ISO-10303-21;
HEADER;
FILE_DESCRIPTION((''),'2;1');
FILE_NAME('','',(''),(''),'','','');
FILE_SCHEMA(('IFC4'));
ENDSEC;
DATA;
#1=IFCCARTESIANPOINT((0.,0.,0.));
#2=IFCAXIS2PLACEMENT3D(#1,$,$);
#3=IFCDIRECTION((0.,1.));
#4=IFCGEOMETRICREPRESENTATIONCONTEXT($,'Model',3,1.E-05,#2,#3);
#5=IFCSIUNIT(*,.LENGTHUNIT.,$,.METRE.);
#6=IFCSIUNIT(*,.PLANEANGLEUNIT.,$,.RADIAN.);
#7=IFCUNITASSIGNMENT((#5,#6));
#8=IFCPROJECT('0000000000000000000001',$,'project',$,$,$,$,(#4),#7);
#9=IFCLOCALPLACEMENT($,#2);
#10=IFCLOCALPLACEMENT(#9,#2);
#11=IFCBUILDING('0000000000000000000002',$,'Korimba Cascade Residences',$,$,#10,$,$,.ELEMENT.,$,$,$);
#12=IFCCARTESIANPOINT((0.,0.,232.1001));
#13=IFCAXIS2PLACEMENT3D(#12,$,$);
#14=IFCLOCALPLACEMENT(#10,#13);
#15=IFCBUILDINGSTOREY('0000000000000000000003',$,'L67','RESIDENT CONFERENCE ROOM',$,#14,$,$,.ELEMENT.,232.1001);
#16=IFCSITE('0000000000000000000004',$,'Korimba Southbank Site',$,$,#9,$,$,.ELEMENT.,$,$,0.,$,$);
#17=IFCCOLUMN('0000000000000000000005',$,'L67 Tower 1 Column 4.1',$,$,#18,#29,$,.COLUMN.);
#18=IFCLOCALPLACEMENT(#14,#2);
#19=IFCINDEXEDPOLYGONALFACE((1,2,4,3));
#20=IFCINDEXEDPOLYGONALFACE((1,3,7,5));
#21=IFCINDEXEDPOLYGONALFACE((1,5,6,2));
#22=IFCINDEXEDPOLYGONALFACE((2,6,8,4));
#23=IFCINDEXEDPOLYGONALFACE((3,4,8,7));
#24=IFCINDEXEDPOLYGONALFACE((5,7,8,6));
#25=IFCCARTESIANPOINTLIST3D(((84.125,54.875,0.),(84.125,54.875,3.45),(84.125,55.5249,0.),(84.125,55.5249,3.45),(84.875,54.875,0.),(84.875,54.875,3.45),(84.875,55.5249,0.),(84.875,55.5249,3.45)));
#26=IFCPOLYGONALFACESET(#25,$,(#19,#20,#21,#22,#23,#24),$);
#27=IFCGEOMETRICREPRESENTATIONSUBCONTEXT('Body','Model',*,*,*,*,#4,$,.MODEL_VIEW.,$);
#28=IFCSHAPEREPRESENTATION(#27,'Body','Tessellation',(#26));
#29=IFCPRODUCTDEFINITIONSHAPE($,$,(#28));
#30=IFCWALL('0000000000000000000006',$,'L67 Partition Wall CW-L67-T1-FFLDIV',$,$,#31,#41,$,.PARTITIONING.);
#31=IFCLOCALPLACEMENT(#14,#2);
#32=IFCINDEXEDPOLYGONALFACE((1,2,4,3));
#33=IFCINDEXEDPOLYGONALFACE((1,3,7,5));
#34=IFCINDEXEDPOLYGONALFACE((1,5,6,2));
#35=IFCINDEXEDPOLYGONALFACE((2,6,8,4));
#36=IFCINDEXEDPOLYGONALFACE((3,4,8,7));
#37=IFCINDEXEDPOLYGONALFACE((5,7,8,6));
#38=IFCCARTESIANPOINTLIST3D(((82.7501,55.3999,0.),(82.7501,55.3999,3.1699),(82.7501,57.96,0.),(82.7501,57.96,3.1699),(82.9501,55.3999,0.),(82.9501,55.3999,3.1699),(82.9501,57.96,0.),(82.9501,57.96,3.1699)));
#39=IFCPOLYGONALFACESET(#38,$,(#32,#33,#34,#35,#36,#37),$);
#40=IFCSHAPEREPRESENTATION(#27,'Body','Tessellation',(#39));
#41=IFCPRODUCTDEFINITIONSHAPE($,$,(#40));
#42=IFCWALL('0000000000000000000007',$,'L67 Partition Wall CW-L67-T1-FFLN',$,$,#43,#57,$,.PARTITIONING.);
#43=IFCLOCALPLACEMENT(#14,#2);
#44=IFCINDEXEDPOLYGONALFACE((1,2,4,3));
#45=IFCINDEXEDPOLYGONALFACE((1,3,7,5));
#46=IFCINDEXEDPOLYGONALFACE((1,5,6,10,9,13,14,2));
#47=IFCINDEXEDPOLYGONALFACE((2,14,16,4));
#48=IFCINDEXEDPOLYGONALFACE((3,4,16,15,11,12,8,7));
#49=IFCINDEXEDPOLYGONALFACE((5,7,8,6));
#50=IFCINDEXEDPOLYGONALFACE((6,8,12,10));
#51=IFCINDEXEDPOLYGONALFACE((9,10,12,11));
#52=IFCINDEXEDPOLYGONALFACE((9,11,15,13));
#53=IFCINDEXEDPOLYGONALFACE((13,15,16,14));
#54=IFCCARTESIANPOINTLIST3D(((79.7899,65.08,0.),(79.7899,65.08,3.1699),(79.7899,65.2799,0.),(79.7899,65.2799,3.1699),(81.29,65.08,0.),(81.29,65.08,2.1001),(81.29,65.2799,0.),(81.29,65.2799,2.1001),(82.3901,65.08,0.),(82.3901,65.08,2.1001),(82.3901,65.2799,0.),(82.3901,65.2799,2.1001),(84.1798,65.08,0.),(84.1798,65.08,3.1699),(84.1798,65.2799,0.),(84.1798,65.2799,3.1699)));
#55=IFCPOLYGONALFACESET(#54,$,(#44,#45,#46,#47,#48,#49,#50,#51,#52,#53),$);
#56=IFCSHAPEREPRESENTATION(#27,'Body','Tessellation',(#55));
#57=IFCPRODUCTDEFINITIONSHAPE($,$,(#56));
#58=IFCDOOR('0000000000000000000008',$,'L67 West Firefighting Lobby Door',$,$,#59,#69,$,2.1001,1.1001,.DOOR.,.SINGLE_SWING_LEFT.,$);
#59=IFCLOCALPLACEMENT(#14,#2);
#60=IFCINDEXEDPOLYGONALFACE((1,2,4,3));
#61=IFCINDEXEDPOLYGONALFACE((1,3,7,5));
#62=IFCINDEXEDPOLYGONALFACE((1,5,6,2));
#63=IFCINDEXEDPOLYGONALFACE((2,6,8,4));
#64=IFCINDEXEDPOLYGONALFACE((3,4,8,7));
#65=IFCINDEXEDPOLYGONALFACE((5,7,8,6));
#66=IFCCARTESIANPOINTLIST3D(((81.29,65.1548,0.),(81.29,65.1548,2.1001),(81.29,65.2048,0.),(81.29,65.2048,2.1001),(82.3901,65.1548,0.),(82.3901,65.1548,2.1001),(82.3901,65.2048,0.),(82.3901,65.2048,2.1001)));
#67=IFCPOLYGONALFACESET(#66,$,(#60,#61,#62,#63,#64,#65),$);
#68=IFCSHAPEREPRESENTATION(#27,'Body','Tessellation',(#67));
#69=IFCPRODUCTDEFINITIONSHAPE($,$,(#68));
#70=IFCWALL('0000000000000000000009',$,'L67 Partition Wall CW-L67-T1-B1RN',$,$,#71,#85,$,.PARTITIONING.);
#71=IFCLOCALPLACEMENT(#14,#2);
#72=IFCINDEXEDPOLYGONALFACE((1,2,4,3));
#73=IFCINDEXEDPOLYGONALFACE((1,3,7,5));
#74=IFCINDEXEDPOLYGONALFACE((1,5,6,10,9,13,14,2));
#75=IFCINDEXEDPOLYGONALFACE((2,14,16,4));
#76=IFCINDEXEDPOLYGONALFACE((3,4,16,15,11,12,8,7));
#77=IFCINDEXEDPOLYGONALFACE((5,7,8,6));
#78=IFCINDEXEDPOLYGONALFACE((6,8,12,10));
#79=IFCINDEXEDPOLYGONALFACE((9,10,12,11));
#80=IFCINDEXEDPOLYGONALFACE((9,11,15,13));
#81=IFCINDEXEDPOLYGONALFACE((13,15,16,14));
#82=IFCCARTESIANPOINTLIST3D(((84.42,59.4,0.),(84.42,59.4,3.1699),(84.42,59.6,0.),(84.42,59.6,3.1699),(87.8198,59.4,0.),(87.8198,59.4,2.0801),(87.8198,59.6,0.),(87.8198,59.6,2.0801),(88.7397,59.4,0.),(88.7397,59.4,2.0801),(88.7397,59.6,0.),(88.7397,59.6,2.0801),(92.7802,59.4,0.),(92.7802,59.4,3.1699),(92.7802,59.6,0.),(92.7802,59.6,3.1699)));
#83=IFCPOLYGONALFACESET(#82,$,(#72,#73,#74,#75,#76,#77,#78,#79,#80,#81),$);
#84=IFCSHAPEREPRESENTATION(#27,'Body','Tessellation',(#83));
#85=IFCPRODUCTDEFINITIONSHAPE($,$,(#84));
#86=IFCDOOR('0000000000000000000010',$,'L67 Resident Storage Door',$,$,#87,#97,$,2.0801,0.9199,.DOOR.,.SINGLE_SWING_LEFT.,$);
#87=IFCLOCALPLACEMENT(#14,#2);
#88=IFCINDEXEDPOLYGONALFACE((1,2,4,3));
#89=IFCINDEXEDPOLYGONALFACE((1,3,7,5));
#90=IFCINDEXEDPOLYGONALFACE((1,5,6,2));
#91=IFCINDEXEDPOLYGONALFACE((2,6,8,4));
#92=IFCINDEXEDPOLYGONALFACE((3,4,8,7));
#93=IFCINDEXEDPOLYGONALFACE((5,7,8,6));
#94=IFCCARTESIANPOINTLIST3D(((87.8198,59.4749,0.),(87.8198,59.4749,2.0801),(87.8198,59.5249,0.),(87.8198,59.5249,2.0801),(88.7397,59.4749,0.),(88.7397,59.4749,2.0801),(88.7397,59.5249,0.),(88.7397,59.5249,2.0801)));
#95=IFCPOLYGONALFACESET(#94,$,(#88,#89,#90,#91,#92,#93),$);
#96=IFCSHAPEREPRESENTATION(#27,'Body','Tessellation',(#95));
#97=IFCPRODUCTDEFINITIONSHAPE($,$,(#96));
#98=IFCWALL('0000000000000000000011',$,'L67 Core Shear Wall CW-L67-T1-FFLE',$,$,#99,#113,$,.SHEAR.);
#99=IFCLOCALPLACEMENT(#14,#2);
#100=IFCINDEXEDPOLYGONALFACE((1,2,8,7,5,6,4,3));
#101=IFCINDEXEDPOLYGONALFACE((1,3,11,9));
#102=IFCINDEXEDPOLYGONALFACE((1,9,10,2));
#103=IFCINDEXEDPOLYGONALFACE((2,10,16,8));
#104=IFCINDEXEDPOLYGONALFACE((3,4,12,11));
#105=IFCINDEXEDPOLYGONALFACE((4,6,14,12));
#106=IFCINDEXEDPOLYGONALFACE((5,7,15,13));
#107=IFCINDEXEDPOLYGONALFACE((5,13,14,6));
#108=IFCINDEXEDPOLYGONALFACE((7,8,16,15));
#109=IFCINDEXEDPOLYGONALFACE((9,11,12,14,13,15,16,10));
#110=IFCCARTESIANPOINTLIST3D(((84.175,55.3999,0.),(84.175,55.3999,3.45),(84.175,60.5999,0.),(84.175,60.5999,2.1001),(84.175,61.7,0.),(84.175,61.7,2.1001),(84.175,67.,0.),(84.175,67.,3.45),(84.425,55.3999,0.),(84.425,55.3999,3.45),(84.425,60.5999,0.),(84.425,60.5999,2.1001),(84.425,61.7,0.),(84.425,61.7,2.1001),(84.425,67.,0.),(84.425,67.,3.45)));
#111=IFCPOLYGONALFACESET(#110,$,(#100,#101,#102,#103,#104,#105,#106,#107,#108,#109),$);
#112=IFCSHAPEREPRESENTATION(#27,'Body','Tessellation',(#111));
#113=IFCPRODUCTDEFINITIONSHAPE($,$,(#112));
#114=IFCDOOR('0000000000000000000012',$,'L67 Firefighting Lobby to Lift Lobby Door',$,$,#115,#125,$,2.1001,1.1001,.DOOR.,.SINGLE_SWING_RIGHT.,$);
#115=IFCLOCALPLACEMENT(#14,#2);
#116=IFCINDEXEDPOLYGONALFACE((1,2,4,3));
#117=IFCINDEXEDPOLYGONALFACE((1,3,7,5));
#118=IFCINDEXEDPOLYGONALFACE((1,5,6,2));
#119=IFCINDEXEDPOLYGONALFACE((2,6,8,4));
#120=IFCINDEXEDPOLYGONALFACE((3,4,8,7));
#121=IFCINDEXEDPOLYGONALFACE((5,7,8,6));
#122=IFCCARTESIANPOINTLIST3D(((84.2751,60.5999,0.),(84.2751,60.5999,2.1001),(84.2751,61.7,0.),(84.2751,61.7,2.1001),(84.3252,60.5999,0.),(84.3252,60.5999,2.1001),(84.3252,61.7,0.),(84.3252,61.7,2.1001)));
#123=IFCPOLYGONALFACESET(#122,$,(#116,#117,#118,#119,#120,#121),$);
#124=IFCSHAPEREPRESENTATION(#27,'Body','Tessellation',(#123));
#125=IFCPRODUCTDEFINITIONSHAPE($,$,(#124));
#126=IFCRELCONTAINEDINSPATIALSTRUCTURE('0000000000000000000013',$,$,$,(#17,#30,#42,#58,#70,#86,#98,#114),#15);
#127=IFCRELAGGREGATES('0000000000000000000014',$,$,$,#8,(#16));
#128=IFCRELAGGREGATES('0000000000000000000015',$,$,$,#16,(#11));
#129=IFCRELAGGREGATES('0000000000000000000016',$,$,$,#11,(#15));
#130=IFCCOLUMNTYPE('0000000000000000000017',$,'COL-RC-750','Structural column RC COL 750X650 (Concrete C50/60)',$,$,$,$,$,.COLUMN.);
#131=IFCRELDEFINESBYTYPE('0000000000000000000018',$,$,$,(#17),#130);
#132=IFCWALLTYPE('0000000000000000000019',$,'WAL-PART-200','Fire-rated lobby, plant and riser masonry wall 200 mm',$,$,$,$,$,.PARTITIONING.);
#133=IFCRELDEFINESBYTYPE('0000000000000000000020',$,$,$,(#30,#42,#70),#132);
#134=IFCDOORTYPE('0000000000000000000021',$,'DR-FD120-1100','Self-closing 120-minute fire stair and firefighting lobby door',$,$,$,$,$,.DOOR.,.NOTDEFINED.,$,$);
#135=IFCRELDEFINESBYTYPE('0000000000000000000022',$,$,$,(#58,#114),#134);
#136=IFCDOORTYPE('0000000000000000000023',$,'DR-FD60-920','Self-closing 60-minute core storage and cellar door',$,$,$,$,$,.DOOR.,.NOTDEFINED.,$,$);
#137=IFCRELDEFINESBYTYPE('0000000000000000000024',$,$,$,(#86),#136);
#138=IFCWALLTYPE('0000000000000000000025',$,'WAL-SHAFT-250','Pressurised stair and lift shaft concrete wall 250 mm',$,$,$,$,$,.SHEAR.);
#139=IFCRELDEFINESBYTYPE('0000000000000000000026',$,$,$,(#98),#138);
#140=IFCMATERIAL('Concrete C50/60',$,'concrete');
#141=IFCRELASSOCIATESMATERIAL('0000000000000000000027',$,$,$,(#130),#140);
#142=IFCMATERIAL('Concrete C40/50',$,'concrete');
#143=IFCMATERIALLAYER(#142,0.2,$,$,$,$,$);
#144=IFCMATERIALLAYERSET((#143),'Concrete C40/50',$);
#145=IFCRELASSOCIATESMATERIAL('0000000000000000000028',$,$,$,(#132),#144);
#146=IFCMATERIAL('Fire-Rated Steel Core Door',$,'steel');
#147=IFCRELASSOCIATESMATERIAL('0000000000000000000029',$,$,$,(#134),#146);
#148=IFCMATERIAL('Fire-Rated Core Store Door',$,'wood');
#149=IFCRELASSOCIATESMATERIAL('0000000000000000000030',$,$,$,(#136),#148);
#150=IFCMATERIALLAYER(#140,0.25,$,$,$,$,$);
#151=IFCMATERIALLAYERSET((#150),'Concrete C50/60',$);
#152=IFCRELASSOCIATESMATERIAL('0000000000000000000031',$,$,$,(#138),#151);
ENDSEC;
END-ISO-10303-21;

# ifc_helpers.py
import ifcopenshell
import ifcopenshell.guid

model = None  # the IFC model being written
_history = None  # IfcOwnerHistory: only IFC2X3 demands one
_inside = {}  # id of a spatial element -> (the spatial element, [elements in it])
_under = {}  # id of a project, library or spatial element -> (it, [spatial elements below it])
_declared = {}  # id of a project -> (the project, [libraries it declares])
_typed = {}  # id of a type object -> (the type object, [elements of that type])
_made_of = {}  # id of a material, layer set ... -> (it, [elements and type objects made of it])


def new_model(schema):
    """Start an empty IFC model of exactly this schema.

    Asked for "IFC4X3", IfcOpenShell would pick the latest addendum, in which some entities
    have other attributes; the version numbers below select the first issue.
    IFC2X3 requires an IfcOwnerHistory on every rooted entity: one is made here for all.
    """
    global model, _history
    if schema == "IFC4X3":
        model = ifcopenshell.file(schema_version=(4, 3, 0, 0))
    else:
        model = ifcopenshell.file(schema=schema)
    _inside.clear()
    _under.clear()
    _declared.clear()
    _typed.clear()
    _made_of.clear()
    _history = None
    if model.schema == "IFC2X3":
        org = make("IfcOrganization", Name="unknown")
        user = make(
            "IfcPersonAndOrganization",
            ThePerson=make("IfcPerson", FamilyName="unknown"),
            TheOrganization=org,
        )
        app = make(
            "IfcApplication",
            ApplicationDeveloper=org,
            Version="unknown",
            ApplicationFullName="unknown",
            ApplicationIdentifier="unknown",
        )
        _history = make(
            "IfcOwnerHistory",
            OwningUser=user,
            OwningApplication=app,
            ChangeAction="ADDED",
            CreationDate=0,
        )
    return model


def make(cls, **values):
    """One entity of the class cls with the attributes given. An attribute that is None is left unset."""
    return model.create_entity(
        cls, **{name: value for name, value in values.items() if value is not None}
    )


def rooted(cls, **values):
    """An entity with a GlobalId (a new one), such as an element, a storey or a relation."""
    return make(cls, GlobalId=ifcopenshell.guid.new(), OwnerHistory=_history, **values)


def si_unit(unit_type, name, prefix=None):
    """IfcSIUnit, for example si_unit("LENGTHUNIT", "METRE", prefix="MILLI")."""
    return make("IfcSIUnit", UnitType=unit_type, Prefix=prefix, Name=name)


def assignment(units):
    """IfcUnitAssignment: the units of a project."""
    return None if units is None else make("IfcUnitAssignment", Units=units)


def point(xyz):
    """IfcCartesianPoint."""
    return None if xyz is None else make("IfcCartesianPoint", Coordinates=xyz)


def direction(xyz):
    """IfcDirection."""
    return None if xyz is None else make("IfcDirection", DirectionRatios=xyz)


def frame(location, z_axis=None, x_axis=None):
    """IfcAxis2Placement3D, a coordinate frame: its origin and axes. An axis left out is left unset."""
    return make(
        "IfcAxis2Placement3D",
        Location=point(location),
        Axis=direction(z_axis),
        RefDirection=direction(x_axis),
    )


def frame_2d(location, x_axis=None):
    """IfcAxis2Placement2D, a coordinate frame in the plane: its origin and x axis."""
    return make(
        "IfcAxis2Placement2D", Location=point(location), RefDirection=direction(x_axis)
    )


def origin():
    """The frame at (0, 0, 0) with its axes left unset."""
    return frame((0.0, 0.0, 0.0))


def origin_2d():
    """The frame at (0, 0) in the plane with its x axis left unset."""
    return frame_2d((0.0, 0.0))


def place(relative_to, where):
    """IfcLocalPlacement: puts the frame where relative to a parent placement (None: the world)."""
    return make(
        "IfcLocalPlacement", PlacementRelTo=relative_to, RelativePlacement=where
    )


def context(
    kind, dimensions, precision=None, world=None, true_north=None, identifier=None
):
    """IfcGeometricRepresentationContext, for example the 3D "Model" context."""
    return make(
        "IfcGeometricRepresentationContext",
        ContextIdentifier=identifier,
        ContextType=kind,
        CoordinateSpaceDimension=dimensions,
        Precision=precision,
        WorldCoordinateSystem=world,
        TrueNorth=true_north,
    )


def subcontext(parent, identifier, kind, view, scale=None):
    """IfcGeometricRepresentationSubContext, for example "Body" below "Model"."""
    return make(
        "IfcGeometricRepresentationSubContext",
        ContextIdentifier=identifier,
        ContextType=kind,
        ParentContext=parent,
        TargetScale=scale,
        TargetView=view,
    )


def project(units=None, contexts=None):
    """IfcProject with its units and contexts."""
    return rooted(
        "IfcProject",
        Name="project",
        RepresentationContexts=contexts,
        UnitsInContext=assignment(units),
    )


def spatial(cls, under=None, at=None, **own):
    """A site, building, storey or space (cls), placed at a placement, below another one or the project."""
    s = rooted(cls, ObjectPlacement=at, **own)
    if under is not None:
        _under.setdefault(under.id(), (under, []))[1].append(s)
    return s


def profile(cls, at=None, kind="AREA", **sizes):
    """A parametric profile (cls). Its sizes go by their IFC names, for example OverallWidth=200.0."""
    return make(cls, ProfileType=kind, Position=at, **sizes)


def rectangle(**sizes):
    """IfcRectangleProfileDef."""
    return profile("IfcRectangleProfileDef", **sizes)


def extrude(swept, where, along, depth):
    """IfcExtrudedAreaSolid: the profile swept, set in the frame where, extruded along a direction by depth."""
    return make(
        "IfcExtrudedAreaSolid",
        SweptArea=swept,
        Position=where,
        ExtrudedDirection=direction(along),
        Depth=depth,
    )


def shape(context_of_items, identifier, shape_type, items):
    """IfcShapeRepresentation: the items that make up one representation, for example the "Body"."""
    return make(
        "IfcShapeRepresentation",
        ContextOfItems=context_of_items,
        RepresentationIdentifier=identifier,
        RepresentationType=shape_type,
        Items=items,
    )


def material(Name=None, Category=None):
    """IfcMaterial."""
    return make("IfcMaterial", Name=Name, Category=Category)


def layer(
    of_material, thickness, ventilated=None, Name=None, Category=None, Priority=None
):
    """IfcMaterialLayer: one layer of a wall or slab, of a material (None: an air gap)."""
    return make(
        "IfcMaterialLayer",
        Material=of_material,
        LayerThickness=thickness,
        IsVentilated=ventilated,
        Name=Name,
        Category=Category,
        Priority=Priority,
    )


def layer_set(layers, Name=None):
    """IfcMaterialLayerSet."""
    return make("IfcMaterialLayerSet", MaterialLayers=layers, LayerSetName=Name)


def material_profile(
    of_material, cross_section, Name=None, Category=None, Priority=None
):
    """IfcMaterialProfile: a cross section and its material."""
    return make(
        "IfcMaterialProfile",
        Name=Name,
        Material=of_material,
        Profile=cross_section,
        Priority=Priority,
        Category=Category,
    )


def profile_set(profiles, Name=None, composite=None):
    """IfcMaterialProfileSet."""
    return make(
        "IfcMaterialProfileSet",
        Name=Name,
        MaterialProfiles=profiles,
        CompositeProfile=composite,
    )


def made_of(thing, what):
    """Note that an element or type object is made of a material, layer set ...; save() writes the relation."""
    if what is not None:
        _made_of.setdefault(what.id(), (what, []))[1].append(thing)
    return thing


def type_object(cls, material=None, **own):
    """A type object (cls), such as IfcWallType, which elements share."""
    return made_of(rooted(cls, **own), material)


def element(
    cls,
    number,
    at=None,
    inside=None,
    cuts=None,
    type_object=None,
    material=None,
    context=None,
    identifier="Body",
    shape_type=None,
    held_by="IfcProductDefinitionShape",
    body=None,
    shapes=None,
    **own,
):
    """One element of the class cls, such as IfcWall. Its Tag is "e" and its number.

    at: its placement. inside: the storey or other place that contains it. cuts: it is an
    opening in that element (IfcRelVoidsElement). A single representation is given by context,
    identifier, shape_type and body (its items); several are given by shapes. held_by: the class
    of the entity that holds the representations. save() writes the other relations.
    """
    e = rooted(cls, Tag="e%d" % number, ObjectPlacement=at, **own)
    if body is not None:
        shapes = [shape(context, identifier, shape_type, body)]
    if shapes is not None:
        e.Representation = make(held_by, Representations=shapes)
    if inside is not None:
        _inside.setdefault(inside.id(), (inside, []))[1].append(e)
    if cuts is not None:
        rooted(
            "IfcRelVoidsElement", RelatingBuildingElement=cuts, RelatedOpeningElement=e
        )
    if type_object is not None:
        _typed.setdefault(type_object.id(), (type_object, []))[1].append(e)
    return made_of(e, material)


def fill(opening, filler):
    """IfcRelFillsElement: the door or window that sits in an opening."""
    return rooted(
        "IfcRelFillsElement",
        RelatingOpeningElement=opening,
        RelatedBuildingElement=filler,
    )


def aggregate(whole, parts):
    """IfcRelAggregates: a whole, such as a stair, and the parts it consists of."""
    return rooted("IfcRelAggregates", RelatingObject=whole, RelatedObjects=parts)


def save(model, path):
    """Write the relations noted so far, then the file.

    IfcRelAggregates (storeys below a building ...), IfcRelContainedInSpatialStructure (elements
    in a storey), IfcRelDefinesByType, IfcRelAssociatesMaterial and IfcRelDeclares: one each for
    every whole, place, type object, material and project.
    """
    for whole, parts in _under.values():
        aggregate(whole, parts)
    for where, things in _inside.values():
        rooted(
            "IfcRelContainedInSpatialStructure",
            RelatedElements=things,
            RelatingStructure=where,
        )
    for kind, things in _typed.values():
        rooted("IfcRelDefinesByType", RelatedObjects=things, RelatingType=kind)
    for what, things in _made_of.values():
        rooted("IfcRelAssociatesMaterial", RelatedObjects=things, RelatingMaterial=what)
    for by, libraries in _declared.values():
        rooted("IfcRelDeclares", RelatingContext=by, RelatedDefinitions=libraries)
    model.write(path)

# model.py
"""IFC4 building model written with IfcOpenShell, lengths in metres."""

from ifc_helpers import new_model, si_unit, direction, frame, frame_2d, origin, origin_2d, place, context, subcontext, project, spatial, rectangle, extrude, material, layer, layer_set, material_profile, profile_set, type_object, element, fill, save


model = new_model("IFC4")

# Units and contexts
model_context = context("Model", 3, precision=1e-05, world=origin(), true_north=direction((0.0, 1.0)))
body_context = subcontext(model_context, "Body", "Model", "MODEL_VIEW")
ifc_project = project(units=[si_unit("LENGTHUNIT", "METRE"), si_unit("PLANEANGLEUNIT", "RADIAN")], contexts=[model_context])

# Site, building, storey
site_placement = place(None, origin())
site = spatial("IfcSite", under=ifc_project, at=site_placement, Name="Korimba Southbank Site", CompositionType="ELEMENT", RefElevation=0.0)
building_placement = place(site_placement, origin())
building = spatial("IfcBuilding", under=site, at=building_placement, Name="Korimba Cascade Residences", CompositionType="ELEMENT")
storey_placement = place(building_placement, frame((0.0, 0.0, 232.1001)))
storey = spatial("IfcBuildingStorey", under=building, at=storey_placement, Name="L67", Description="RESIDENT CONFERENCE ROOM", CompositionType="ELEMENT", Elevation=232.1001)

# Column
ifc_material_1 = material(Name="Concrete C50/60", Category="concrete")
ifc_material_profile = material_profile(ifc_material_1, rectangle(XDim=0.75, YDim=0.6499, at=origin_2d()), Name="Concrete C50/60")
ifc_profile_set = profile_set([ifc_material_profile], Name="Concrete C50/60")
column_type = type_object("IfcColumnType", Name="COL-RC-750", Description="Structural column RC COL 750X650 (Concrete C50/60)", PredefinedType="COLUMN", material=ifc_profile_set)
column_placement = place(storey_placement, frame((84.5, 55.2, 0.0), z_axis=(0.0, 0.0, 1.0), x_axis=(1.0, 0.0, 0.0)))
element("IfcColumn", 1, at=column_placement, inside=storey, type_object=column_type, Name="L67 Tower 1 Column 4.1", PredefinedType="COLUMN", context=body_context, shape_type="SweptSolid", body=[
    extrude(rectangle(XDim=0.75, YDim=0.6499, at=origin_2d()), origin(), (0.0, 0.0, 1.0), 3.45),
])

# Wall
ifc_material_2 = material(Name="Concrete C40/50", Category="concrete")
ifc_layer_1 = layer(ifc_material_2, 0.2)
ifc_layer_set_1 = layer_set([ifc_layer_1], Name="Concrete C40/50")
wall_type_1 = type_object("IfcWallType", Name="WAL-PART-200", Description="Fire-rated lobby, plant and riser masonry wall 200 mm", PredefinedType="PARTITIONING", material=ifc_layer_set_1)
wall_1_placement = place(storey_placement, frame((82.8501, 55.3999, 0.0), z_axis=(0.0, 0.0, 1.0), x_axis=(0.0, 1.0, 0.0)))
element("IfcWall", 2, at=wall_1_placement, inside=storey, type_object=wall_type_1, Name="L67 Partition Wall CW-L67-T1-FFLDIV", PredefinedType="PARTITIONING", context=body_context, shape_type="SweptSolid", body=[
    extrude(rectangle(XDim=2.5601, YDim=0.2, at=frame_2d((1.28, 0.0))), origin(), (0.0, 0.0, 1.0), 3.1699),
])

# Walls, openings, doors
wall_2_placement = place(storey_placement, frame((79.79, 65.1799, 0.0), z_axis=(0.0, 0.0, 1.0), x_axis=(1.0, 0.0, 0.0)))
wall_2 = element("IfcWall", 3, at=wall_2_placement, inside=storey, type_object=wall_type_1, Name="L67 Partition Wall CW-L67-T1-FFLN", PredefinedType="PARTITIONING", context=body_context, shape_type="SweptSolid", body=[
    extrude(rectangle(XDim=4.3899, YDim=0.2, at=frame_2d((2.1948, 0.0))), origin(), (0.0, 0.0, 1.0), 3.1699),
])
opening_1_placement = place(wall_2_placement, frame((1.5, 0.0, 0.0)))
opening_1 = element("IfcOpeningElement", 4, at=opening_1_placement, cuts=wall_2, PredefinedType="OPENING", context=body_context, shape_type="SweptSolid", body=[
    extrude(rectangle(XDim=1.1001, YDim=2.1001, at=frame_2d((0.55, 1.05))), frame((0.0, 0.1099, 0.0), z_axis=(0.0, -1.0, 0.0), x_axis=(1.0, 0.0, 0.0)), (0.0, 0.0, 1.0), 0.22),
])
ifc_material_3 = material(Name="Fire-Rated Steel Core Door", Category="steel")
door_type_1 = type_object("IfcDoorType", Name="DR-FD120-1100", Description="Self-closing 120-minute fire stair and firefighting lobby door", OperationType="NOTDEFINED", PredefinedType="DOOR", material=ifc_material_3)
door_1_placement = place(opening_1_placement, origin())
door_1 = element("IfcDoor", 5, at=door_1_placement, inside=storey, type_object=door_type_1, Name="L67 West Firefighting Lobby Door", OperationType="SINGLE_SWING_LEFT", OverallHeight=2.1001, OverallWidth=1.1001, PredefinedType="DOOR", context=body_context, shape_type="SweptSolid", body=[
    extrude(rectangle(XDim=1.1001, YDim=2.1001, at=frame_2d((0.55, 1.05))), frame((0.0, 0.0249, 0.0), z_axis=(0.0, -1.0, 0.0), x_axis=(1.0, 0.0, 0.0)), (0.0, 0.0, 1.0), 0.05),
])
fill(opening_1, door_1)
wall_3_placement = place(storey_placement, frame((84.4199, 59.5, 0.0), z_axis=(0.0, 0.0, 1.0), x_axis=(1.0, 0.0, 0.0)))
wall_3 = element("IfcWall", 6, at=wall_3_placement, inside=storey, type_object=wall_type_1, Name="L67 Partition Wall CW-L67-T1-B1RN", PredefinedType="PARTITIONING", context=body_context, shape_type="SweptSolid", body=[
    extrude(rectangle(XDim=8.3601, YDim=0.2, at=frame_2d((4.1802, 0.0))), origin(), (0.0, 0.0, 1.0), 3.1699),
])
opening_2_placement = place(wall_3_placement, frame((3.3999, 0.0, 0.0)))
opening_2 = element("IfcOpeningElement", 7, at=opening_2_placement, cuts=wall_3, PredefinedType="OPENING", context=body_context, shape_type="SweptSolid", body=[
    extrude(rectangle(XDim=0.9199, YDim=2.0801, at=frame_2d((0.46, 1.04))), frame((0.0, 0.1099, 0.0), z_axis=(0.0, -1.0, 0.0), x_axis=(1.0, 0.0, 0.0)), (0.0, 0.0, 1.0), 0.22),
])
ifc_material_4 = material(Name="Fire-Rated Core Store Door", Category="wood")
door_type_2 = type_object("IfcDoorType", Name="DR-FD60-920", Description="Self-closing 60-minute core storage and cellar door", OperationType="NOTDEFINED", PredefinedType="DOOR", material=ifc_material_4)
door_2_placement = place(opening_2_placement, origin())
door_2 = element("IfcDoor", 8, at=door_2_placement, inside=storey, type_object=door_type_2, Name="L67 Resident Storage Door", OperationType="SINGLE_SWING_LEFT", OverallHeight=2.0801, OverallWidth=0.9199, PredefinedType="DOOR", context=body_context, shape_type="SweptSolid", body=[
    extrude(rectangle(XDim=0.9199, YDim=2.0801, at=frame_2d((0.46, 1.04))), frame((0.0, 0.0249, 0.0), z_axis=(0.0, -1.0, 0.0), x_axis=(1.0, 0.0, 0.0)), (0.0, 0.0, 1.0), 0.05),
])
fill(opening_2, door_2)

# Shared definitions
ifc_layer_2 = layer(ifc_material_1, 0.25)
ifc_layer_set_2 = layer_set([ifc_layer_2], Name="Concrete C50/60")
wall_type_2 = type_object("IfcWallType", Name="WAL-SHAFT-250", Description="Pressurised stair and lift shaft concrete wall 250 mm", PredefinedType="SHEAR", material=ifc_layer_set_2)

# Wall, opening, door
wall_4_placement = place(storey_placement, frame((84.3, 55.3999, 0.0), z_axis=(0.0, 0.0, 1.0), x_axis=(0.0, 1.0, 0.0)))
wall_4 = element("IfcWall", 9, at=wall_4_placement, inside=storey, type_object=wall_type_2, Name="L67 Core Shear Wall CW-L67-T1-FFLE", PredefinedType="SHEAR", context=body_context, shape_type="SweptSolid", body=[
    extrude(rectangle(XDim=11.6001, YDim=0.25, at=frame_2d((5.8, 0.0))), origin(), (0.0, 0.0, 1.0), 3.45),
])
opening_3_placement = place(wall_4_placement, frame((5.2, 0.0, 0.0)))
opening_3 = element("IfcOpeningElement", 10, at=opening_3_placement, cuts=wall_4, PredefinedType="OPENING", context=body_context, shape_type="SweptSolid", body=[
    extrude(rectangle(XDim=1.1001, YDim=2.1001, at=frame_2d((0.55, 1.05))), frame((0.0, 0.135, 0.0), z_axis=(0.0, -1.0, 0.0), x_axis=(1.0, 0.0, 0.0)), (0.0, 0.0, 1.0), 0.27),
])
door_3_placement = place(opening_3_placement, origin())
door_3 = element("IfcDoor", 11, at=door_3_placement, inside=storey, type_object=door_type_1, Name="L67 Firefighting Lobby to Lift Lobby Door", OperationType="SINGLE_SWING_RIGHT", OverallHeight=2.1001, OverallWidth=1.1001, PredefinedType="DOOR", context=body_context, shape_type="SweptSolid", body=[
    extrude(rectangle(XDim=1.1001, YDim=2.1001, at=frame_2d((0.55, 1.05))), frame((0.0, 0.0249, 0.0), z_axis=(0.0, -1.0, 0.0), x_axis=(1.0, 0.0, 0.0)), (0.0, 0.0, 1.0), 0.05),
])
fill(opening_3, door_3)

save(model, "model.ifc")
